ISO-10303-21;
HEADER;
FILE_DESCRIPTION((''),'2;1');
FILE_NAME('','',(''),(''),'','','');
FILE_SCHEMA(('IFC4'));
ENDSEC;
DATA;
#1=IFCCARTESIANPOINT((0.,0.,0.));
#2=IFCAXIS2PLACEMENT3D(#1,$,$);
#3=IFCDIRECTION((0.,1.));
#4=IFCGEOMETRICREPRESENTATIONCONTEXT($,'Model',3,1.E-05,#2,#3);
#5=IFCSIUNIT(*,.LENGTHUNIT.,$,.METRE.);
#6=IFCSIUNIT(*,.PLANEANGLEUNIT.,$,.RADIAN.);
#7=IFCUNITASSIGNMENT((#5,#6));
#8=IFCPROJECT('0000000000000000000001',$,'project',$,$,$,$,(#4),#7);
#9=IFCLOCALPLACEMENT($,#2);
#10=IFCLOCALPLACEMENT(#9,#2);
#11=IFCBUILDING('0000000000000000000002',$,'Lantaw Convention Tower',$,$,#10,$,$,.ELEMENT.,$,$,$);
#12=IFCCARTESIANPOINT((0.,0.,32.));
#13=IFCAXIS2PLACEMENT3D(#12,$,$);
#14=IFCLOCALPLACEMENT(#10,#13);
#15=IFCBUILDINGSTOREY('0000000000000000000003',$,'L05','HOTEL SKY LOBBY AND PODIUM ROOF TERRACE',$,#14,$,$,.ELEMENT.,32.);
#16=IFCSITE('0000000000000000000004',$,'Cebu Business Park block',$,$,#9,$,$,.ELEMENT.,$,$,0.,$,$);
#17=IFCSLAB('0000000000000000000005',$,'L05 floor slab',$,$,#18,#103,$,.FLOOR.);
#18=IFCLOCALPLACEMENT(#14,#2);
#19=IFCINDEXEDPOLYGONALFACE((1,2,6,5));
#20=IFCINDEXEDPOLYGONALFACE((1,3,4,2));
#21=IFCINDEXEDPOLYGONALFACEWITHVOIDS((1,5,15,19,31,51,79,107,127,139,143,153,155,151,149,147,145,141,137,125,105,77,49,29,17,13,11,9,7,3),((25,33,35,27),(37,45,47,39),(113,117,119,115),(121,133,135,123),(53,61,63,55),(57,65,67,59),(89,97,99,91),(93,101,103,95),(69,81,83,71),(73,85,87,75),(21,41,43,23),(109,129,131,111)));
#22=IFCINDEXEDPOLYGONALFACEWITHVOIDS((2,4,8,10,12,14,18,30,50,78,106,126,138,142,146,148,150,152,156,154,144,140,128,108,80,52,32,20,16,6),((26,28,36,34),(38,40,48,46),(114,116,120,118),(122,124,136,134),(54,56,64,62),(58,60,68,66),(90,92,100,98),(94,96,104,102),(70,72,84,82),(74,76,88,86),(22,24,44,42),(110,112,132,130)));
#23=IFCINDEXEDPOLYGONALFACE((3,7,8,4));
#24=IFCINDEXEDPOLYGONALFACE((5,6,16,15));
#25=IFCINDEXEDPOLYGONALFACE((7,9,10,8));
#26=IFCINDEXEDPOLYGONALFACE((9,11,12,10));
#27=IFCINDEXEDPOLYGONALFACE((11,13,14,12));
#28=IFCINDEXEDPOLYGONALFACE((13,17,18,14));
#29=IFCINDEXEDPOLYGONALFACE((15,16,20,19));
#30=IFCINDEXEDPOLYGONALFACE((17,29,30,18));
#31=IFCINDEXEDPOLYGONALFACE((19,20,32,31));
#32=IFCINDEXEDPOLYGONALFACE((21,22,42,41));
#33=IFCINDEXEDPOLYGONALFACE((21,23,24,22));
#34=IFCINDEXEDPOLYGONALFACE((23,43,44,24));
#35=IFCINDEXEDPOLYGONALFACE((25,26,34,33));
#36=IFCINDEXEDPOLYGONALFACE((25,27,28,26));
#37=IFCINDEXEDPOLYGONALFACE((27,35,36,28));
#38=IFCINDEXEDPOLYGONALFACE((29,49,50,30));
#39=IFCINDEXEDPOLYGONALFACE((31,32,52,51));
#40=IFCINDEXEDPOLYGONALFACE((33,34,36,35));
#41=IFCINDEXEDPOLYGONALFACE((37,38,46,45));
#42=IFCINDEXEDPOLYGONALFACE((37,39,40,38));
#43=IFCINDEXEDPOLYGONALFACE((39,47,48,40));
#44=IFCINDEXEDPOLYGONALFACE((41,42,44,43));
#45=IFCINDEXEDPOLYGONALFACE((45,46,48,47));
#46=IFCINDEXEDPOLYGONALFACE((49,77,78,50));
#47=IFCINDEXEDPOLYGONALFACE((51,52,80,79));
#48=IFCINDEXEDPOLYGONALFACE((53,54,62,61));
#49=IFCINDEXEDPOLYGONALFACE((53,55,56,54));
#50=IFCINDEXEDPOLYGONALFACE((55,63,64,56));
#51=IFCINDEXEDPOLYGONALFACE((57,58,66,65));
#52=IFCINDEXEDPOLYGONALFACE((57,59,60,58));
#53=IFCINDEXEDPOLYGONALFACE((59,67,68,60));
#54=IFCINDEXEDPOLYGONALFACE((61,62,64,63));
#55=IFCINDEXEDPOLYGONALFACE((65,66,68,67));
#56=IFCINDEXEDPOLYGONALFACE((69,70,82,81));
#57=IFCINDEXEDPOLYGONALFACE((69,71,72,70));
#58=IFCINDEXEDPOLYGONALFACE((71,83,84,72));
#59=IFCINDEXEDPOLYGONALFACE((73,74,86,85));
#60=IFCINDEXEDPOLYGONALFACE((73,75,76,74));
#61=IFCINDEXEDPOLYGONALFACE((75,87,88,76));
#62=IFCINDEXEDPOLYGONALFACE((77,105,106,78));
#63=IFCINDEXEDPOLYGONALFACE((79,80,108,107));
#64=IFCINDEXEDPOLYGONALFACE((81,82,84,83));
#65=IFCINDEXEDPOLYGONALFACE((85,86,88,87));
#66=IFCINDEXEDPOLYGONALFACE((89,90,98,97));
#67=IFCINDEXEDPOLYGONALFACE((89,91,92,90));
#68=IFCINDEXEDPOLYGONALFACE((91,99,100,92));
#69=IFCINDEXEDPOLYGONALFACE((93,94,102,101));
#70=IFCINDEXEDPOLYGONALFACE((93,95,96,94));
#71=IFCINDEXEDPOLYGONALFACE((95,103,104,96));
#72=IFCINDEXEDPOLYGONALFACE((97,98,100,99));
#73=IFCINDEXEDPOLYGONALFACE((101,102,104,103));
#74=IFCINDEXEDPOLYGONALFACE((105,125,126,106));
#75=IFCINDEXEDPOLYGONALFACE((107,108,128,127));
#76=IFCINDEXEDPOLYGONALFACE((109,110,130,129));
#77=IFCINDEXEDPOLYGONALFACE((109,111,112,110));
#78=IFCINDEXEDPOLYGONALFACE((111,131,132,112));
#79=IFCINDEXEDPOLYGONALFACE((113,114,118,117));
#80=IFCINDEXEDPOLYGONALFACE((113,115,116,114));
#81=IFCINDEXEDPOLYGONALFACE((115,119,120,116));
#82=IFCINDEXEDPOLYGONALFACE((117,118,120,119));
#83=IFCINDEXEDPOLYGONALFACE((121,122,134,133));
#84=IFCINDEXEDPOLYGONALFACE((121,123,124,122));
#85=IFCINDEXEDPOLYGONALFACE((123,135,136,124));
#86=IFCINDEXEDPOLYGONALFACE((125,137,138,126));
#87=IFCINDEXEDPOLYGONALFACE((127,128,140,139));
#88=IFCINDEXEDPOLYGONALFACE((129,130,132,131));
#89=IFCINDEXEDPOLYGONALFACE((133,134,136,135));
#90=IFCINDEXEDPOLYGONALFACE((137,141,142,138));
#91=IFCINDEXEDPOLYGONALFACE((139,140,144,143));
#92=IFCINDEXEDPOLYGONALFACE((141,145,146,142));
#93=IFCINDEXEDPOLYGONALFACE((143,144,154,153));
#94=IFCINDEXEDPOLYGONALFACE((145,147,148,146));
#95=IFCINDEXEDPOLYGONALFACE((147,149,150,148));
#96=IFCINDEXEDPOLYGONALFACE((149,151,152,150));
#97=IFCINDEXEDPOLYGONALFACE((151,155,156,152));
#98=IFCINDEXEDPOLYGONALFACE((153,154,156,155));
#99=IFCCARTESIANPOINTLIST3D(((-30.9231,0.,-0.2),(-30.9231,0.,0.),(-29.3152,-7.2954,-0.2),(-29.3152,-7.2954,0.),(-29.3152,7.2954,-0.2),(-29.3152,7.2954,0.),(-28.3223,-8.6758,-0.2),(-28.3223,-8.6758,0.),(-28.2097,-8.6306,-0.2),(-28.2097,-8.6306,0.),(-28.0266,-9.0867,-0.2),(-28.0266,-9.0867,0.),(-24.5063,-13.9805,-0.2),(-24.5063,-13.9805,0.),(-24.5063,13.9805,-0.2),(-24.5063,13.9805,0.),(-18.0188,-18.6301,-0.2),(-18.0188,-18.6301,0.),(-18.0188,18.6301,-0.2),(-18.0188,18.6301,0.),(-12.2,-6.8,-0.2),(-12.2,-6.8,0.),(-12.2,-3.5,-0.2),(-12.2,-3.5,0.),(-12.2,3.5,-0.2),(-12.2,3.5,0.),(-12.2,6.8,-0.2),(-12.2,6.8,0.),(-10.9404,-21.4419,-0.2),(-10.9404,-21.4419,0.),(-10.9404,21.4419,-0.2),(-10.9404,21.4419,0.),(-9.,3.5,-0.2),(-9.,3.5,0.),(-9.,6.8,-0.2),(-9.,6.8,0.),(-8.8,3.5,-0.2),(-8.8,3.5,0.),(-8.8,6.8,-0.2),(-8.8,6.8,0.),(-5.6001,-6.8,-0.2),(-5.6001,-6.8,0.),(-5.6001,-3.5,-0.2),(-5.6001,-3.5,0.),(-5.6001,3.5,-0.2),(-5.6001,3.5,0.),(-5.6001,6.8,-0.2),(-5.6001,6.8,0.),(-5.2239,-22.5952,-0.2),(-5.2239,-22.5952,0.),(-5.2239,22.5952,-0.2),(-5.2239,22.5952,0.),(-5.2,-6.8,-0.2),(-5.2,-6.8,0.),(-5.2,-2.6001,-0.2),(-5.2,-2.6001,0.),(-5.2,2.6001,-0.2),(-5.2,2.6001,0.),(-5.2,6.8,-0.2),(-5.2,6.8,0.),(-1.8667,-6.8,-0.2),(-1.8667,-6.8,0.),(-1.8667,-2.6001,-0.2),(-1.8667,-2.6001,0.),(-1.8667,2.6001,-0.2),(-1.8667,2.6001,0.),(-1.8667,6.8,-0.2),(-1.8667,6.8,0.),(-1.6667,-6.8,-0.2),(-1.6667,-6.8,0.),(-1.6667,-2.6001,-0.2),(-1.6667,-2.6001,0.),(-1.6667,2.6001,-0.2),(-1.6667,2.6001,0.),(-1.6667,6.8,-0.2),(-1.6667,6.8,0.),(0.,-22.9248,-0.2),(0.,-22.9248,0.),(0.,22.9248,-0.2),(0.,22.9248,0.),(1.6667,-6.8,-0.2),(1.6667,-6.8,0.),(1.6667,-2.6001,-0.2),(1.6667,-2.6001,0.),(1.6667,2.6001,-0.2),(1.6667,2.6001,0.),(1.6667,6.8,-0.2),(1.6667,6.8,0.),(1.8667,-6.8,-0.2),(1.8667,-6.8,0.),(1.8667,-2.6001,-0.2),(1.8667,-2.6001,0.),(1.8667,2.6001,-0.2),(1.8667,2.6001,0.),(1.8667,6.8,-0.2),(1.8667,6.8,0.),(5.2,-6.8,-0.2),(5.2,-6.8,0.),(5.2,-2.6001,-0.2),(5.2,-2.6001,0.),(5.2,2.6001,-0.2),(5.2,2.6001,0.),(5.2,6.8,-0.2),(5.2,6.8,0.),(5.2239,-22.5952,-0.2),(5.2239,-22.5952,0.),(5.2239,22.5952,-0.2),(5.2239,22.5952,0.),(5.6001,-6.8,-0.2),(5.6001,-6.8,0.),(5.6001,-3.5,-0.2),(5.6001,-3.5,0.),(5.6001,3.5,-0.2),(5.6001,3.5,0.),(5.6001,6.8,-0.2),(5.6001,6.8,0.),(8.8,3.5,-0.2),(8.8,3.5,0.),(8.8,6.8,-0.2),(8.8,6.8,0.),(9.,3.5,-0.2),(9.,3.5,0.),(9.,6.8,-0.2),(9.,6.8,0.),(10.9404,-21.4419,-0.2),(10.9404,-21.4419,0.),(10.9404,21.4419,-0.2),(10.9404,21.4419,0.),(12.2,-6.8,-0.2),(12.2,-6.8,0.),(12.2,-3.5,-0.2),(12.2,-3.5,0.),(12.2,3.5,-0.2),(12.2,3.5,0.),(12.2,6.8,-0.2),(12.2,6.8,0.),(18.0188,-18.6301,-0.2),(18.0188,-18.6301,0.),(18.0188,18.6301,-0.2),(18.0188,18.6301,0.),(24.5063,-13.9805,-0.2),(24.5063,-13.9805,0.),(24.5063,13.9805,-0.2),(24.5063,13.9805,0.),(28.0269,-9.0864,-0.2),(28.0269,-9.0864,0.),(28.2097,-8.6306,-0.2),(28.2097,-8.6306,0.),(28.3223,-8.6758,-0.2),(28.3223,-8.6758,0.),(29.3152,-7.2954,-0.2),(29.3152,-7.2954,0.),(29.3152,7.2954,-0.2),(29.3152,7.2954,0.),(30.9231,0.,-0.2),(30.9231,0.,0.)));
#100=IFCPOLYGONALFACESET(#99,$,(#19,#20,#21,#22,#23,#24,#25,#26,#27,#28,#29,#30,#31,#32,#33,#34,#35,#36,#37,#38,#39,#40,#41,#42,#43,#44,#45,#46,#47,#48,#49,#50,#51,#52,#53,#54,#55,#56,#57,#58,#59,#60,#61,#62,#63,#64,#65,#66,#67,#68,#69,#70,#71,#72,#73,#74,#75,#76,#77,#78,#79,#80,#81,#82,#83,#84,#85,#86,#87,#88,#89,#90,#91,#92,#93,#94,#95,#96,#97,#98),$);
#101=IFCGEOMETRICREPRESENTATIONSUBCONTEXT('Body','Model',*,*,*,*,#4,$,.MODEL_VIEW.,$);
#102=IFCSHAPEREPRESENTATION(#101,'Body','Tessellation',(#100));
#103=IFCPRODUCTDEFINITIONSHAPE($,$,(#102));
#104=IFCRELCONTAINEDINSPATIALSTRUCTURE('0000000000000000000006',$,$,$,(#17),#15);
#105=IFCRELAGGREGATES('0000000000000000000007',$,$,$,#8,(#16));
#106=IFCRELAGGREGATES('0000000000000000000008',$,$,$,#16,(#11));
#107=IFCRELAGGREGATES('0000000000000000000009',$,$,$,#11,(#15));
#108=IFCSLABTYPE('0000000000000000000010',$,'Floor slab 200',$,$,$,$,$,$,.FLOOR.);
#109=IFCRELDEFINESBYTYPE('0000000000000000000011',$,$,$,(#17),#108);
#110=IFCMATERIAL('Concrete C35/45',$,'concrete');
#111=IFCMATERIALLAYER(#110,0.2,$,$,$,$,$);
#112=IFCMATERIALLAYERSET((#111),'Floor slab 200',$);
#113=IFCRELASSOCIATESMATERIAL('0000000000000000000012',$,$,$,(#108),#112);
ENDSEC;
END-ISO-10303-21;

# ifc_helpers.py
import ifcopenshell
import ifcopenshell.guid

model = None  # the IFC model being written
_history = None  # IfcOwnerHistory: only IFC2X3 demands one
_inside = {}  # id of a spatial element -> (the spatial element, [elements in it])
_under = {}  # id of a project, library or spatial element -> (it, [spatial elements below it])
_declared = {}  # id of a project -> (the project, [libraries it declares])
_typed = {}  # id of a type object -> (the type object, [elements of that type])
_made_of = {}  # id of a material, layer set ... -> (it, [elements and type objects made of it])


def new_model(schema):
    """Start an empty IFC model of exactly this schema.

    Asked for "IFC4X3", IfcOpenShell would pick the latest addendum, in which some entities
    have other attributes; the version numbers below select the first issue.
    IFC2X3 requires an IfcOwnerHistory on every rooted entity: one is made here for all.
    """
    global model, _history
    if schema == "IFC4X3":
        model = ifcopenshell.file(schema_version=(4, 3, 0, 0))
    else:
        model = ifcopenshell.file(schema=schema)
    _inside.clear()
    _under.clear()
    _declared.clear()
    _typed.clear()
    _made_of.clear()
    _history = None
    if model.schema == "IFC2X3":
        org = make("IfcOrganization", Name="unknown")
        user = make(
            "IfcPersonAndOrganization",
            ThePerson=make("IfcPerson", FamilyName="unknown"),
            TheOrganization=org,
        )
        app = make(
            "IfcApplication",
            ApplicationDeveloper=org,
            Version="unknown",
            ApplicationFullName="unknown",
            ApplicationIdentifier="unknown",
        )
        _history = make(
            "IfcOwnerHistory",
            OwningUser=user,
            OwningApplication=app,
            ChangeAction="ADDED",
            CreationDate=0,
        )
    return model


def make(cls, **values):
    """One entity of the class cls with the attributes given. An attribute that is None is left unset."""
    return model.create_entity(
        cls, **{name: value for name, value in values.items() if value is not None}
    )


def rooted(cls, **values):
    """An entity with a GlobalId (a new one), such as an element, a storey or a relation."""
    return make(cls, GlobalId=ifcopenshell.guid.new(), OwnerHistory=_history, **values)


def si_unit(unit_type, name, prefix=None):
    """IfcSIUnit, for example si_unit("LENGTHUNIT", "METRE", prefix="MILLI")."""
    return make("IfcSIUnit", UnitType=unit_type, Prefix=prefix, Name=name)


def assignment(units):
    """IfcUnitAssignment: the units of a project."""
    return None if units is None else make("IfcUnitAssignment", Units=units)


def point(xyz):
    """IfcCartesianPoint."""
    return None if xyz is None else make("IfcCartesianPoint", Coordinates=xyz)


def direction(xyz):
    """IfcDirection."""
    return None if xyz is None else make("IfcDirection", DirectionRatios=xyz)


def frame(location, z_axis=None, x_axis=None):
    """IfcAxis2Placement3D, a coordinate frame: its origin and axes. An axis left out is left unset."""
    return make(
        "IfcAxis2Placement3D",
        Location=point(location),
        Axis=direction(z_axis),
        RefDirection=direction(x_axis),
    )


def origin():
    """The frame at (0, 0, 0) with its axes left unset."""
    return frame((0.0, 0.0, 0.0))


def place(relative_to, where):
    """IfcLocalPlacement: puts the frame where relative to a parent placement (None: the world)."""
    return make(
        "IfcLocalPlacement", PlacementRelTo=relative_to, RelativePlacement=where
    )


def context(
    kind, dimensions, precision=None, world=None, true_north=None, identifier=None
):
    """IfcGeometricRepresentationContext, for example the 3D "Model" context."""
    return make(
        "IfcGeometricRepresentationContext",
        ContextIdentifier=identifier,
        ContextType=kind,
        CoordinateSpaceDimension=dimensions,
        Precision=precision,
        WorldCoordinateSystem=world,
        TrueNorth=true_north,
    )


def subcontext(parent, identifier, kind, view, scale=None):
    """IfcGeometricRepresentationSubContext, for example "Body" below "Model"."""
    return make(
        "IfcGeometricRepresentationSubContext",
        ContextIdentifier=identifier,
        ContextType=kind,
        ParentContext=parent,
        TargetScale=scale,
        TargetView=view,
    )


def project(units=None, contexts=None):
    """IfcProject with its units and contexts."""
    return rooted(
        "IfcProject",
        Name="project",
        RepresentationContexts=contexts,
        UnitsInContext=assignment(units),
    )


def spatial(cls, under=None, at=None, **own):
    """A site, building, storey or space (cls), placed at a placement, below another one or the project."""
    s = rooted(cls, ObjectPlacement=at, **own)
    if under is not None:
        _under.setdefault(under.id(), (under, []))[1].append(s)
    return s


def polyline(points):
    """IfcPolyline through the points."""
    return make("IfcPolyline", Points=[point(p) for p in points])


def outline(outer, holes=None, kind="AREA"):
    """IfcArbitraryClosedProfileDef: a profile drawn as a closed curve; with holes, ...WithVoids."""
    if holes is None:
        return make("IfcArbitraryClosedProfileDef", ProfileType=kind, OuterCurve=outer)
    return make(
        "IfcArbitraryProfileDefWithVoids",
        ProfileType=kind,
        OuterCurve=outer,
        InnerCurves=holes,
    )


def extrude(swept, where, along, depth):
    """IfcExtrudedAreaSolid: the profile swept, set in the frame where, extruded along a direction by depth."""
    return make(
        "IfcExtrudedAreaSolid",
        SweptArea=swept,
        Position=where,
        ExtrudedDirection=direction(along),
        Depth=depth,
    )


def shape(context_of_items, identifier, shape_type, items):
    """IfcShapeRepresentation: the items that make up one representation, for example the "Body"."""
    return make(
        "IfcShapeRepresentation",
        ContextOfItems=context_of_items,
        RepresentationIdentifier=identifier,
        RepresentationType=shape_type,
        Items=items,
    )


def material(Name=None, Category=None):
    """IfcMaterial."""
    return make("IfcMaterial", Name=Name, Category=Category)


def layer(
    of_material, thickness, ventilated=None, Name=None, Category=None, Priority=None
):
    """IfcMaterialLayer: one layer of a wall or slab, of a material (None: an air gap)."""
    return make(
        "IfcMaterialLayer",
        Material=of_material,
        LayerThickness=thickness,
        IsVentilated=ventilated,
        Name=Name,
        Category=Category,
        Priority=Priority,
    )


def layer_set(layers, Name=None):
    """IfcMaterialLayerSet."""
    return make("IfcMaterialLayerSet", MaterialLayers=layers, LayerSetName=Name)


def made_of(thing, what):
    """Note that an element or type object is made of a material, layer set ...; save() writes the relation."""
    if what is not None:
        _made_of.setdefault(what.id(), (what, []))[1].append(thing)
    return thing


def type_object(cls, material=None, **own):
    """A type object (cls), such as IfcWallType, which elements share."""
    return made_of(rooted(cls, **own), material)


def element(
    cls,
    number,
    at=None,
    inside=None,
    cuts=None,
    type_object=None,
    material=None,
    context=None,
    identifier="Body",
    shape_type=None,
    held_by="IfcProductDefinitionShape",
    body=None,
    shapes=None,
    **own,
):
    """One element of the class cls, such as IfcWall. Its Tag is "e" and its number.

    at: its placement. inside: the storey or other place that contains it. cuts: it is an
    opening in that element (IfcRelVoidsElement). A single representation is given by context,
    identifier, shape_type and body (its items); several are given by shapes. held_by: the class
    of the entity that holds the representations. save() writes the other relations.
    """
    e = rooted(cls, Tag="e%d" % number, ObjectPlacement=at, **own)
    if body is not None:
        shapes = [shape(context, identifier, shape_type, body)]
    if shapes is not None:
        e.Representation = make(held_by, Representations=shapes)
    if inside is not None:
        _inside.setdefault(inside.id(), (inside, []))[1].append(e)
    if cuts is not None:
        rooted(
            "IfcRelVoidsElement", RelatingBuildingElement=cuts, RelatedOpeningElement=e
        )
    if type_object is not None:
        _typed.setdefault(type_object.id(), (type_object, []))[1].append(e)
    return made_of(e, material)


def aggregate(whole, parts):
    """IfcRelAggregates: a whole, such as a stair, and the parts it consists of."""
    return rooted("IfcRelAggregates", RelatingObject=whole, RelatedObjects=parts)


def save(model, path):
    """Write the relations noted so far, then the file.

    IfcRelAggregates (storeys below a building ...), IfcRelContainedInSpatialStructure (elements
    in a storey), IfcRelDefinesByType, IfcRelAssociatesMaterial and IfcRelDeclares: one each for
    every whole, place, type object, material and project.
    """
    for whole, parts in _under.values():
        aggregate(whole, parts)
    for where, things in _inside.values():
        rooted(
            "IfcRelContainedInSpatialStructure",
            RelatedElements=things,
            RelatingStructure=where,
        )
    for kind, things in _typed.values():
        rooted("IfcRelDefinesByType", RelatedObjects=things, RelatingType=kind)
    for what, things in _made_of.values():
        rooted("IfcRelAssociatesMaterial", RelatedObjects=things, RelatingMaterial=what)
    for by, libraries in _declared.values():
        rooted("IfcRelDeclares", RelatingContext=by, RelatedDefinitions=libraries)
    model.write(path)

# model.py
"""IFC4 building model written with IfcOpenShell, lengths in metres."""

from ifc_helpers import new_model, si_unit, direction, frame, origin, place, context, subcontext, project, spatial, polyline, outline, extrude, material, layer, layer_set, type_object, element, save


model = new_model("IFC4")

# Units and contexts
model_context = context("Model", 3, precision=1e-05, world=origin(), true_north=direction((0.0, 1.0)))
body_context = subcontext(model_context, "Body", "Model", "MODEL_VIEW")
ifc_project = project(units=[si_unit("LENGTHUNIT", "METRE"), si_unit("PLANEANGLEUNIT", "RADIAN")], contexts=[model_context])

# Site, building, storey
site_placement = place(None, origin())
site = spatial("IfcSite", under=ifc_project, at=site_placement, Name="Cebu Business Park block", CompositionType="ELEMENT", RefElevation=0.0)
building_placement = place(site_placement, origin())
building = spatial("IfcBuilding", under=site, at=building_placement, Name="Lantaw Convention Tower", CompositionType="ELEMENT")
storey_placement = place(building_placement, frame((0.0, 0.0, 32.0)))
storey = spatial("IfcBuildingStorey", under=building, at=storey_placement, Name="L05", Description="HOTEL SKY LOBBY AND PODIUM ROOF TERRACE", CompositionType="ELEMENT", Elevation=32.0)

# Slab
ifc_material_1 = material(Name="Concrete C35/45", Category="concrete")
ifc_layer_1 = layer(ifc_material_1, 0.2)
ifc_layer_set_1 = layer_set([ifc_layer_1], Name="Floor slab 200")
slab_type_1 = type_object("IfcSlabType", Name="Floor slab 200", PredefinedType="FLOOR", material=ifc_layer_set_1)
slab_1_placement = place(storey_placement, frame((0.0, 0.0, -0.2)))
element("IfcSlab", 1, at=slab_1_placement, inside=storey, type_object=slab_type_1, Name="L05 floor slab", PredefinedType="FLOOR", context=body_context, shape_type="SweptSolid", body=[
    extrude(outline(polyline([(-29.3152, -7.2954), (-28.3223, -8.6758), (-28.2097, -8.6306), (-28.0266, -9.0867), (-24.5063, -13.9805), (-18.0188, -18.6301), (-10.9404, -21.4419), (-5.2239, -22.5952), (0.0, -22.9248), (5.2239, -22.5952), (10.9404, -21.4419), (18.0188, -18.6301), (24.5063, -13.9805), (28.0269, -9.0864), (28.2097, -8.6306), (28.3223, -8.6758), (29.3152, -7.2954), (30.9231, 0.0), (29.3152, 7.2954), (24.5063, 13.9805), (18.0188, 18.6301), (10.9404, 21.4419), (5.2239, 22.5952), (0.0, 22.9248), (-5.2239, 22.5952), (-10.9404, 21.4419), (-18.0188, 18.6301), (-24.5063, 13.9805), (-29.3152, 7.2954), (-30.9231, 0.0), (-29.3152, -7.2954)]), holes=[polyline([(-12.2, -6.8), (-5.6001, -6.8), (-5.6001, -3.5), (-12.2, -3.5), (-12.2, -6.8)]), polyline([(-5.2, -6.8), (-1.8667, -6.8), (-1.8667, -2.6001), (-5.2, -2.6001), (-5.2, -6.8)]), polyline([(1.6667, -6.8), (1.6667, -2.6001), (-1.6667, -2.6001), (-1.6667, -6.8), (1.6667, -6.8)]), polyline([(-5.2, 2.6001), (-1.8667, 2.6001), (-1.8667, 6.8), (-5.2, 6.8), (-5.2, 2.6001)]), polyline([(1.6667, 2.6001), (1.6667, 6.8), (-1.6667, 6.8), (-1.6667, 2.6001), (1.6667, 2.6001)]), polyline([(-12.2, 3.5), (-9.0, 3.5), (-9.0, 6.8), (-12.2, 6.8), (-12.2, 3.5)]), polyline([(-5.6001, 3.5), (-5.6001, 6.8), (-8.8, 6.8), (-8.8, 3.5), (-5.6001, 3.5)]), polyline([(5.6001, -6.8), (12.2, -6.8), (12.2, -3.5), (5.6001, -3.5), (5.6001, -6.8)]), polyline([(5.2, -6.8), (5.2, -2.6001), (1.8667, -2.6001), (1.8667, -6.8), (5.2, -6.8)]), polyline([(1.8667, 2.6001), (5.2, 2.6001), (5.2, 6.8), (1.8667, 6.8), (1.8667, 2.6001)]), polyline([(5.6001, 3.5), (8.8, 3.5), (8.8, 6.8), (5.6001, 6.8), (5.6001, 3.5)]), polyline([(9.0, 3.5), (12.2, 3.5), (12.2, 6.8), (9.0, 6.8), (9.0, 3.5)])]), origin(), (0.0, 0.0, 1.0), 0.2),
])

save(model, "model.ifc")
